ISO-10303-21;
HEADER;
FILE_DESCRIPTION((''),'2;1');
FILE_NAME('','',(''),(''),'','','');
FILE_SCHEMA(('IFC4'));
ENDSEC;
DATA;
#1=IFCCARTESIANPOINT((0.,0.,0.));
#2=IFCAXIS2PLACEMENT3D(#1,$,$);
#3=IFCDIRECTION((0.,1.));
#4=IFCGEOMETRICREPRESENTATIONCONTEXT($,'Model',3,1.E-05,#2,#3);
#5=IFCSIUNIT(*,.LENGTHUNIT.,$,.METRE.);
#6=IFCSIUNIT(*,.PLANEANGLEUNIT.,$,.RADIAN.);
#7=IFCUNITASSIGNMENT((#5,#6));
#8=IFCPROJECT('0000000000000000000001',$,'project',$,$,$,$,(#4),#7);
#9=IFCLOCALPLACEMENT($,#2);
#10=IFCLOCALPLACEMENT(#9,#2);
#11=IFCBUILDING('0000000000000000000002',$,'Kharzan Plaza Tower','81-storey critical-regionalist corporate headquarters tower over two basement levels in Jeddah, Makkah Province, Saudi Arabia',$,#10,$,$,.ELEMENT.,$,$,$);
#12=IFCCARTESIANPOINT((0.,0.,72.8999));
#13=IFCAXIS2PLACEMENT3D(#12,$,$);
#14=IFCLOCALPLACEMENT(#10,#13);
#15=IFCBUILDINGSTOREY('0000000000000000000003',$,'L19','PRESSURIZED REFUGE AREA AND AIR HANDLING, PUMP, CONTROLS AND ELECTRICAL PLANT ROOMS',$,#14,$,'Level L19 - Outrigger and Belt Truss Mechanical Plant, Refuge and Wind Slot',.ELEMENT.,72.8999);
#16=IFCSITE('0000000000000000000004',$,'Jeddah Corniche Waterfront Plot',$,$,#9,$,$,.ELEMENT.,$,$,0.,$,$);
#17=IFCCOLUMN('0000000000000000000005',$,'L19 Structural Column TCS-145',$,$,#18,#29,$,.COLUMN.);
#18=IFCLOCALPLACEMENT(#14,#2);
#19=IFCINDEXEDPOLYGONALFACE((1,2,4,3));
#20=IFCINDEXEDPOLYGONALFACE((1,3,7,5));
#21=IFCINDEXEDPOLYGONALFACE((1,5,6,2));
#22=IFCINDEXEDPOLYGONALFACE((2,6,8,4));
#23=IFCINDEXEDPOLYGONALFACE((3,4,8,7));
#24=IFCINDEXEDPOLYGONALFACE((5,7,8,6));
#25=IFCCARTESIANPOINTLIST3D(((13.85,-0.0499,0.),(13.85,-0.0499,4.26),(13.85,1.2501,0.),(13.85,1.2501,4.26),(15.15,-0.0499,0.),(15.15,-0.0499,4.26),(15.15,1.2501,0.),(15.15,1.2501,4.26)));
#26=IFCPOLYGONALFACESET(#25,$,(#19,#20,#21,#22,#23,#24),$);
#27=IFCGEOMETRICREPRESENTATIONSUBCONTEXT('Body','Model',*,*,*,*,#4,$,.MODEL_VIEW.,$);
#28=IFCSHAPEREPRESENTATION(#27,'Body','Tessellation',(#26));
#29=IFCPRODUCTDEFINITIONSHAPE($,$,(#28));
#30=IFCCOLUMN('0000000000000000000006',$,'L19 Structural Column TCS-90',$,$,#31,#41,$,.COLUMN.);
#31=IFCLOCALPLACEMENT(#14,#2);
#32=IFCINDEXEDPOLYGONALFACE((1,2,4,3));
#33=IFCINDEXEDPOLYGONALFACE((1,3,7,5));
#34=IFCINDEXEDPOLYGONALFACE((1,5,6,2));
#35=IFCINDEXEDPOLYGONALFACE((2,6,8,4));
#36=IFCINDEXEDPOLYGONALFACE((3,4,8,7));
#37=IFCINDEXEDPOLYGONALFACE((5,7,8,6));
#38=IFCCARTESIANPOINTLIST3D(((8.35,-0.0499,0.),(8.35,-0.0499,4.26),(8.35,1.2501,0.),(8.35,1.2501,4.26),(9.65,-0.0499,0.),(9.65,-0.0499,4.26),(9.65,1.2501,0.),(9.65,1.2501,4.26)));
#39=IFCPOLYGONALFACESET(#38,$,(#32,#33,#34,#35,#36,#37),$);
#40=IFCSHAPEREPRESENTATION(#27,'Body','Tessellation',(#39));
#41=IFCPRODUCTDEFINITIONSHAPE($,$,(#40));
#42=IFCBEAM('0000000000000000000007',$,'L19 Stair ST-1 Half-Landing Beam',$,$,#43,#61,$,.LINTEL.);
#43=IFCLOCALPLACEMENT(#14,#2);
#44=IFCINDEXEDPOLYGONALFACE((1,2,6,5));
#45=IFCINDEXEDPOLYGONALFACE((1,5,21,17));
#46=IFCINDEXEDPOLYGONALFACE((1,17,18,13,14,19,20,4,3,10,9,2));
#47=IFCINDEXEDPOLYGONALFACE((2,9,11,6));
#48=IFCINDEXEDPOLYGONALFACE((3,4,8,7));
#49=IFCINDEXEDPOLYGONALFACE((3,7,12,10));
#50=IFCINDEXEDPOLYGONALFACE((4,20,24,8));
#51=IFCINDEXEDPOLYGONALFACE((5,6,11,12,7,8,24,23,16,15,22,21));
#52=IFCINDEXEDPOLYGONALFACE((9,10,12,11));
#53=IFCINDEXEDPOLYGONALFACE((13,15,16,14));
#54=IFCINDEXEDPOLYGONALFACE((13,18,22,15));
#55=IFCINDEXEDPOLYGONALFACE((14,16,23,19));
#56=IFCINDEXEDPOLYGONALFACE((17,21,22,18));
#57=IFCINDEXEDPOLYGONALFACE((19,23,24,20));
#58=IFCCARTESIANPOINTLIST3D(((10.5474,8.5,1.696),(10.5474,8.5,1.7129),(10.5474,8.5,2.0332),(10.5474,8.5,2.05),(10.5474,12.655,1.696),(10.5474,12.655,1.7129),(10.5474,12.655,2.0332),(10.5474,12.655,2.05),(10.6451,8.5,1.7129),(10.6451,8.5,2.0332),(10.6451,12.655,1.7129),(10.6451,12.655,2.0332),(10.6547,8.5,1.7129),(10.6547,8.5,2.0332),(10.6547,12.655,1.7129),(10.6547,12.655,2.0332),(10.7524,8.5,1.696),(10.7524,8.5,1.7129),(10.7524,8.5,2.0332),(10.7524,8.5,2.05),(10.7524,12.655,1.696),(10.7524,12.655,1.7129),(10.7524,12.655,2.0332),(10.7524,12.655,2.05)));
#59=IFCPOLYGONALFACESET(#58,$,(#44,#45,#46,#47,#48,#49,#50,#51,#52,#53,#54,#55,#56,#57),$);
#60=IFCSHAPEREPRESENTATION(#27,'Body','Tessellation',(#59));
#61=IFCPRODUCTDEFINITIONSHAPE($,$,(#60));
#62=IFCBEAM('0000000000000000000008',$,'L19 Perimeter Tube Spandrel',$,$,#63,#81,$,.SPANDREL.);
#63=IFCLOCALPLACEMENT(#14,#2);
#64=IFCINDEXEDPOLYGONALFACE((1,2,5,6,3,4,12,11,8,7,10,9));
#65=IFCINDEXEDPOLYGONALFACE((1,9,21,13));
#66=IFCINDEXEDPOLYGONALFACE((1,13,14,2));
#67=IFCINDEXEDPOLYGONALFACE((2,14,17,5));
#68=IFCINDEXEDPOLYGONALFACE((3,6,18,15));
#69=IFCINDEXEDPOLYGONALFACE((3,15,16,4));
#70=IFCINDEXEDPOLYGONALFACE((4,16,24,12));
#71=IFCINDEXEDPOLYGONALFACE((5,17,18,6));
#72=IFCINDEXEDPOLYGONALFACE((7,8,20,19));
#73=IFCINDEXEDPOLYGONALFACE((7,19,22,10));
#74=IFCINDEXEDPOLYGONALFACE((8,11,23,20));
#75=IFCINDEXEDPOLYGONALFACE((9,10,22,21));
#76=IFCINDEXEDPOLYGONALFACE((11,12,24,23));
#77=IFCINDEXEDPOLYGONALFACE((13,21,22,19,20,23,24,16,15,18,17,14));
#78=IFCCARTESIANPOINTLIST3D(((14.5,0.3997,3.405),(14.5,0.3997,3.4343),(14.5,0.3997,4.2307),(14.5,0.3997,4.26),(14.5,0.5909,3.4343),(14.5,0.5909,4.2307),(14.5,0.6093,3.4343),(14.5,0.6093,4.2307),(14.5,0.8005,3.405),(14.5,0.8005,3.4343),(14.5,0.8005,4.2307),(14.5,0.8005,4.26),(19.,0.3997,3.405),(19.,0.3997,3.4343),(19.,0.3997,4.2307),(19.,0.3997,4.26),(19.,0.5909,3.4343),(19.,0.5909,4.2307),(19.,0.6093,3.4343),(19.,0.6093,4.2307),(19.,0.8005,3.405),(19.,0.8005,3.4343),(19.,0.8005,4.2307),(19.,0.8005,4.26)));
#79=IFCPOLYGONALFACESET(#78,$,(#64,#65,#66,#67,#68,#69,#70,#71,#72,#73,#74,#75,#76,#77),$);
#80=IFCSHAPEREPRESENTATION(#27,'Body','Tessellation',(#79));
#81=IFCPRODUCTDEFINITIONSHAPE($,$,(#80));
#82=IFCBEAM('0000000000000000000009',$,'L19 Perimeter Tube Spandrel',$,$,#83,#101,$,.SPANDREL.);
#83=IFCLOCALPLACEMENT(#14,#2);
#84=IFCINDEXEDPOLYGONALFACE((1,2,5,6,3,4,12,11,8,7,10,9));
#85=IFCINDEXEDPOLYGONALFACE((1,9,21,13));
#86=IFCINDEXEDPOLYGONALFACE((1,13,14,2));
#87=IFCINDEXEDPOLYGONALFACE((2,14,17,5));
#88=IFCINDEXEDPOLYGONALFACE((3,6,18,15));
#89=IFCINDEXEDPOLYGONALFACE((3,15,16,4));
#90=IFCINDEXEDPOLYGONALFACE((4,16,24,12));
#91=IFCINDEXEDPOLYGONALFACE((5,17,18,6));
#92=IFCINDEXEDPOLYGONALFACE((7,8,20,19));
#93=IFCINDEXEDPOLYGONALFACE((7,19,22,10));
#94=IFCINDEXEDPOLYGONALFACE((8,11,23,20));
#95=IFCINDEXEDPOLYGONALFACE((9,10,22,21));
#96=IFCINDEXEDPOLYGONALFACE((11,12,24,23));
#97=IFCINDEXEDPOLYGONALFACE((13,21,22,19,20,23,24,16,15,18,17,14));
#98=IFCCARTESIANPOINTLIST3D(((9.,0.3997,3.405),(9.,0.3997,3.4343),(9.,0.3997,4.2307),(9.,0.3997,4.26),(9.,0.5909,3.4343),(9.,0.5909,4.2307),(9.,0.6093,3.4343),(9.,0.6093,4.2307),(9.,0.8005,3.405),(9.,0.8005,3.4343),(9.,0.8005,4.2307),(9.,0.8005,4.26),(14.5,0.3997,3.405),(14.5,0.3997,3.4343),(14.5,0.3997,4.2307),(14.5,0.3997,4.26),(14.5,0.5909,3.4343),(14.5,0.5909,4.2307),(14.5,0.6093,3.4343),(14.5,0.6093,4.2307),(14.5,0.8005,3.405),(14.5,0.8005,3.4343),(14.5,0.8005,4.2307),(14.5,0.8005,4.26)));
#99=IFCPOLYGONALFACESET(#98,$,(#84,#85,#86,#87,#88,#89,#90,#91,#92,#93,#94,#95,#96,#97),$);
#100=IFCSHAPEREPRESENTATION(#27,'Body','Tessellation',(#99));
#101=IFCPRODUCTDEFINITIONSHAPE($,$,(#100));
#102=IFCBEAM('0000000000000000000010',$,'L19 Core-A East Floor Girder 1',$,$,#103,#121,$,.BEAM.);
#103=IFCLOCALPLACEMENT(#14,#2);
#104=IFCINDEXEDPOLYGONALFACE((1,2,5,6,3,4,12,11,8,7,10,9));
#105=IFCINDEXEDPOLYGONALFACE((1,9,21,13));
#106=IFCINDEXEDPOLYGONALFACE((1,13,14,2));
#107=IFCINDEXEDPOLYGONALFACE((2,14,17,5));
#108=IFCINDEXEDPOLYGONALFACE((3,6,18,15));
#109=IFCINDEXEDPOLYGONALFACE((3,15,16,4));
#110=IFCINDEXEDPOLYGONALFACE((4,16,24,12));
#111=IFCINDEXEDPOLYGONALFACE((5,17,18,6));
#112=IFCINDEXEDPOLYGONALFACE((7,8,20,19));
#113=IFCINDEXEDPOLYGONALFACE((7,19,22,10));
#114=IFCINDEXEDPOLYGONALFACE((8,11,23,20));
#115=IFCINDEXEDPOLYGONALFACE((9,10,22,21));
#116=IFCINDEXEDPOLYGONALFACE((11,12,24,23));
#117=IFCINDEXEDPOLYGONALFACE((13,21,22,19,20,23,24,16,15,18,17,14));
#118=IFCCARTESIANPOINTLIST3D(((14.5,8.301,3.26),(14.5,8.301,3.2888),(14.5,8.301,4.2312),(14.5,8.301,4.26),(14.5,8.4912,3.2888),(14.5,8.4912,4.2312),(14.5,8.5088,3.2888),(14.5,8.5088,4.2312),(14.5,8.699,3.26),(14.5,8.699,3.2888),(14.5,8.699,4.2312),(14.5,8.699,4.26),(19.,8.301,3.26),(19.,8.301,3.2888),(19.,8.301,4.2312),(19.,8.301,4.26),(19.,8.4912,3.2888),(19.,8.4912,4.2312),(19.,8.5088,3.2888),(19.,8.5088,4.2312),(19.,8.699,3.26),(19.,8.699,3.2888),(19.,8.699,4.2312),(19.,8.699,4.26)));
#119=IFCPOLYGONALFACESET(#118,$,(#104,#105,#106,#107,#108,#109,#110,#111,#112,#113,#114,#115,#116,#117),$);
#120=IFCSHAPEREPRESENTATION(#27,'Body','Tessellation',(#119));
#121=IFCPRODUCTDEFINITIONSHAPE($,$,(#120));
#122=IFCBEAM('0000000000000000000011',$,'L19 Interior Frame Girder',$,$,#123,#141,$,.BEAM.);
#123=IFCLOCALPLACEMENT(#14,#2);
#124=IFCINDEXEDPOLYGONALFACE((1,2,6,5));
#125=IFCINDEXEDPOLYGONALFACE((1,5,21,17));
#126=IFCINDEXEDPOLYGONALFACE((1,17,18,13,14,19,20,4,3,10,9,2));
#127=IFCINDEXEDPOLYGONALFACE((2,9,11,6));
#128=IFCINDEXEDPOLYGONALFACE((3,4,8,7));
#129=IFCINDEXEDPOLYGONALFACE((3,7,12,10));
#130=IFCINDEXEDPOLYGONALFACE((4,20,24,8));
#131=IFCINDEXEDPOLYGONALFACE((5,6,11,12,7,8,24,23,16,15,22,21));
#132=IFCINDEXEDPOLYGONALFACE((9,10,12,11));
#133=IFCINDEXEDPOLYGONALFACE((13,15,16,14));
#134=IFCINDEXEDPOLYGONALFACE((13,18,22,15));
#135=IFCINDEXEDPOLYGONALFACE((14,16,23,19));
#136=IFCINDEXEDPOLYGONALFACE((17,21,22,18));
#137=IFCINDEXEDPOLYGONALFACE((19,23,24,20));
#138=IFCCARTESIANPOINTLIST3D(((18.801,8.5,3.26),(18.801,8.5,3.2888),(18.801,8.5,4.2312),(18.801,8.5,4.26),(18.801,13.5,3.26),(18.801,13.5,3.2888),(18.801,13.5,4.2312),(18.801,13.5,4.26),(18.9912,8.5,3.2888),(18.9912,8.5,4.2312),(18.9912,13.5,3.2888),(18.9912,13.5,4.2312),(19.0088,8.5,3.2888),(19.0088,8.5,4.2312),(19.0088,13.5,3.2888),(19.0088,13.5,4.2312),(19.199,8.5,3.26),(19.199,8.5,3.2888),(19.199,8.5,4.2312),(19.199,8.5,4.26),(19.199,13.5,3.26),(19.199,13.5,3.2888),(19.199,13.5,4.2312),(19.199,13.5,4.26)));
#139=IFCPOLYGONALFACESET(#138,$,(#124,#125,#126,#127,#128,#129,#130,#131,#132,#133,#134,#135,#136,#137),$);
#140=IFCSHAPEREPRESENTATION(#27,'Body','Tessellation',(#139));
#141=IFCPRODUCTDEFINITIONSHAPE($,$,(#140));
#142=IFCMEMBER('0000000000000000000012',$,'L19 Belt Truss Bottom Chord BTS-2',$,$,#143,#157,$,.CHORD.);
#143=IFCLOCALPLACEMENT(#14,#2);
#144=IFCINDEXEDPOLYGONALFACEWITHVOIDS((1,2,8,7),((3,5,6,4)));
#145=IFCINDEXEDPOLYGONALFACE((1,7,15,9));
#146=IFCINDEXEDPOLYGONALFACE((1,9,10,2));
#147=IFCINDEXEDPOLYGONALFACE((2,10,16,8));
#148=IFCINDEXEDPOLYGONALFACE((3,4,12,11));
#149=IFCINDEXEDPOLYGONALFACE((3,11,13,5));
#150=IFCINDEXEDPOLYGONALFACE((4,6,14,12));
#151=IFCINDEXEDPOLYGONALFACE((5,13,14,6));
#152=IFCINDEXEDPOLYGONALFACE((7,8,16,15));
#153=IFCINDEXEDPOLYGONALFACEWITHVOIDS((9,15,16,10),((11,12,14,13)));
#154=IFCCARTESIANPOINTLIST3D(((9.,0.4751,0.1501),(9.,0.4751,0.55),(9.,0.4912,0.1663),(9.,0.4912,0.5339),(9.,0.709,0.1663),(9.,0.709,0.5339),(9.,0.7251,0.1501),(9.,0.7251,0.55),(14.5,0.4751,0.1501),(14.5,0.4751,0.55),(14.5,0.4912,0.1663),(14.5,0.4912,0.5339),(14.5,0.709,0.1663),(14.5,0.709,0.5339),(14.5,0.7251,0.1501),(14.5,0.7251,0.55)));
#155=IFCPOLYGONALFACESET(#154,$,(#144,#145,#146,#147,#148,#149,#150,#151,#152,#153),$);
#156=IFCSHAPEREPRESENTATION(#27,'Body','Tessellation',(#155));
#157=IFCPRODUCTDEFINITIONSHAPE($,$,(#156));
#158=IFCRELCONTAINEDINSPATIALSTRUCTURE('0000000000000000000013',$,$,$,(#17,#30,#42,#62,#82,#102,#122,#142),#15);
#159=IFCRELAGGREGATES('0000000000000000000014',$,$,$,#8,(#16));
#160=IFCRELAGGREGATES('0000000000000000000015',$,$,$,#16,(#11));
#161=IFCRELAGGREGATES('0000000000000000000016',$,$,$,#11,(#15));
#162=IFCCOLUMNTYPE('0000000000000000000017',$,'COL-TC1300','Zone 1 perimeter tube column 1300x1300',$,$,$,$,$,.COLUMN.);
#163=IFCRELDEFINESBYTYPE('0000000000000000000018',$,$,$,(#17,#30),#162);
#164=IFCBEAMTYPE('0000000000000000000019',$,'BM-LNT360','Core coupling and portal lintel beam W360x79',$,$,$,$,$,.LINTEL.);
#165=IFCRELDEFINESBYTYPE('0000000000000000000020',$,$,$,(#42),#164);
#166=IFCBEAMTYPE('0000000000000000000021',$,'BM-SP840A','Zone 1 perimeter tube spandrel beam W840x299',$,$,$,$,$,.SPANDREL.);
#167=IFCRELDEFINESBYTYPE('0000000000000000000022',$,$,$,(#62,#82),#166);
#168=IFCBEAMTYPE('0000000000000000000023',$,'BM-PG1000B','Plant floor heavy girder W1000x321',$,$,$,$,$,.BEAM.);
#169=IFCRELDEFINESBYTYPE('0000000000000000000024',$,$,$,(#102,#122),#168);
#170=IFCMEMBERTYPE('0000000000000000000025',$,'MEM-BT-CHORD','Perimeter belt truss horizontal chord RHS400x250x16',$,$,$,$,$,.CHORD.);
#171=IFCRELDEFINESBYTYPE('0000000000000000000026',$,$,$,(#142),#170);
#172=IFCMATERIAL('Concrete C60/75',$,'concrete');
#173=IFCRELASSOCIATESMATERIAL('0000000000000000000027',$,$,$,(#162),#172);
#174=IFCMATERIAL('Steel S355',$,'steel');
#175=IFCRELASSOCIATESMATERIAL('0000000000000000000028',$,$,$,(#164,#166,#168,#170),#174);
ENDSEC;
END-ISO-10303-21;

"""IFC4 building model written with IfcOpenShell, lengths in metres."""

from ifc_helpers import new_model, si_unit, direction, frame, origin, origin_2d, place, context, subcontext, project, spatial, rectangle, hollow_rectangle, i_section, extrude, source, transform, mapped, material, material_profile, profile_set, type_object, element, save


model = new_model("IFC4")

# Units and contexts
model_context = context("Model", 3, precision=1e-05, world=origin(), true_north=direction((0.0, 1.0)))
body_context = subcontext(model_context, "Body", "Model", "MODEL_VIEW")
ifc_project = project(units=[si_unit("LENGTHUNIT", "METRE"), si_unit("PLANEANGLEUNIT", "RADIAN")], contexts=[model_context])

# Site, building, storey
site_placement = place(None, origin())
site = spatial("IfcSite", under=ifc_project, at=site_placement, Name="Jeddah Corniche Waterfront Plot", CompositionType="ELEMENT", RefElevation=0.0)
building_placement = place(site_placement, origin())
building = spatial("IfcBuilding", under=site, at=building_placement, Name="Kharzan Plaza Tower", Description="81-storey critical-regionalist corporate headquarters tower over two basement levels in Jeddah, Makkah Province, Saudi Arabia", CompositionType="ELEMENT")
storey_placement = place(building_placement, frame((0.0, 0.0, 72.8999)))
storey = spatial("IfcBuildingStorey", under=building, at=storey_placement, Name="L19", Description="PRESSURIZED REFUGE AREA AND AIR HANDLING, PUMP, CONTROLS AND ELECTRICAL PLANT ROOMS", LongName="Level L19 - Outrigger and Belt Truss Mechanical Plant, Refuge and Wind Slot", CompositionType="ELEMENT", Elevation=72.8999)

# Columns
ifc_material_1 = material(Name="Concrete C60/75", Category="concrete")
ifc_material_profile_1 = material_profile(ifc_material_1, rectangle(XDim=1.3, YDim=1.3, at=origin_2d()), Name="RC-TC1300x1300")
ifc_profile_set_1 = profile_set([ifc_material_profile_1], Name="Concrete C60/75")
column_type = type_object("IfcColumnType", Name="COL-TC1300", Description="Zone 1 perimeter tube column 1300x1300", PredefinedType="COLUMN", material=ifc_profile_set_1)
shared_shape_1 = source(origin(), body_context, "Body", "SweptSolid", [
    extrude(rectangle(XDim=1.3, YDim=1.3, at=origin_2d()), origin(), (0.0, 0.0, 1.0), 4.26),
])
for number, where, z_axis, x_axis, name in (
    (1, (14.5, 0.6001, 0.0), (0.0, 0.0, 1.0), (1.0, 0.0, 0.0), "L19 Structural Column TCS-145"),
    (2, (9.0, 0.6001, 0.0), (0.0, 0.0, 1.0), (1.0, 0.0, 0.0), "L19 Structural Column TCS-90"),
):
    element("IfcColumn", number, at=place(storey_placement, frame(where, z_axis=z_axis, x_axis=x_axis)), inside=storey, type_object=column_type, Name=name, PredefinedType="COLUMN", context=body_context, shape_type="MappedRepresentation", body=[
        mapped(shared_shape_1, transform((0.0, 0.0, 0.0), x_axis=(1.0, 0.0, 0.0), y_axis=(0.0, 1.0, 0.0), z_axis=(0.0, 0.0, 1.0))),
    ])

# Beams
ifc_material_2 = material(Name="Steel S355", Category="steel")
ifc_material_profile_2 = material_profile(ifc_material_2, i_section(OverallWidth=0.2051, OverallDepth=0.354, WebThickness=0.0095, FlangeThickness=0.0168, at=origin_2d()), Name="W360x79")
ifc_profile_set_2 = profile_set([ifc_material_profile_2], Name="Steel S355")
beam_type_1 = type_object("IfcBeamType", Name="BM-LNT360", Description="Core coupling and portal lintel beam W360x79", PredefinedType="LINTEL", material=ifc_profile_set_2)
shared_shape_2 = source(origin(), body_context, "Body", "SweptSolid", [
    extrude(i_section(OverallWidth=0.2051, OverallDepth=0.354, WebThickness=0.0095, FlangeThickness=0.0168, at=origin_2d()), origin(), (0.0, 0.0, 1.0), 4.155),
])
beam_1_placement = place(storey_placement, frame((10.6499, 8.5, 1.873), z_axis=(0.0, 1.0, 0.0), x_axis=(-1.0, 0.0, 0.0)))
element("IfcBeam", 3, at=beam_1_placement, inside=storey, type_object=beam_type_1, Name="L19 Stair ST-1 Half-Landing Beam", PredefinedType="LINTEL", context=body_context, shape_type="MappedRepresentation", body=[
    mapped(shared_shape_2, transform((0.0, 0.0, 0.0), x_axis=(1.0, 0.0, 0.0), y_axis=(0.0, 1.0, 0.0), z_axis=(0.0, 0.0, 1.0))),
])
ifc_material_profile_3 = material_profile(ifc_material_2, i_section(OverallWidth=0.4009, OverallDepth=0.855, WebThickness=0.0183, FlangeThickness=0.0293, at=origin_2d()), Name="W840x299")
ifc_profile_set_3 = profile_set([ifc_material_profile_3], Name="Steel S355")
beam_type_2 = type_object("IfcBeamType", Name="BM-SP840A", Description="Zone 1 perimeter tube spandrel beam W840x299", PredefinedType="SPANDREL", material=ifc_profile_set_3)
shared_shape_3 = source(origin(), body_context, "Body", "SweptSolid", [
    extrude(i_section(OverallWidth=0.4009, OverallDepth=0.855, WebThickness=0.0183, FlangeThickness=0.0293, at=origin_2d()), origin(), (0.0, 0.0, 1.0), 4.5),
])
beam_2_placement = place(storey_placement, frame((14.5, 0.6001, 3.8325), z_axis=(1.0, 0.0, 0.0), x_axis=(0.0, 1.0, 0.0)))
element("IfcBeam", 4, at=beam_2_placement, inside=storey, type_object=beam_type_2, Name="L19 Perimeter Tube Spandrel", PredefinedType="SPANDREL", context=body_context, shape_type="MappedRepresentation", body=[
    mapped(shared_shape_3, transform((0.0, 0.0, 0.0), x_axis=(1.0, 0.0, 0.0), y_axis=(0.0, 1.0, 0.0), z_axis=(0.0, 0.0, 1.0))),
])
shared_shape_4 = source(origin(), body_context, "Body", "SweptSolid", [
    extrude(i_section(OverallWidth=0.4009, OverallDepth=0.855, WebThickness=0.0183, FlangeThickness=0.0293, at=origin_2d()), origin(), (0.0, 0.0, 1.0), 5.5),
])
beam_3_placement = place(storey_placement, frame((9.0, 0.6001, 3.8325), z_axis=(1.0, 0.0, 0.0), x_axis=(0.0, 1.0, 0.0)))
element("IfcBeam", 5, at=beam_3_placement, inside=storey, type_object=beam_type_2, Name="L19 Perimeter Tube Spandrel", PredefinedType="SPANDREL", context=body_context, shape_type="MappedRepresentation", body=[
    mapped(shared_shape_4, transform((0.0, 0.0, 0.0), x_axis=(1.0, 0.0, 0.0), y_axis=(0.0, 1.0, 0.0), z_axis=(0.0, 0.0, 1.0))),
])
ifc_material_profile_4 = material_profile(ifc_material_2, i_section(OverallWidth=0.3979, OverallDepth=1.0, WebThickness=0.0176, FlangeThickness=0.0288, at=origin_2d()), Name="W1000x321")
ifc_profile_set_4 = profile_set([ifc_material_profile_4], Name="Steel S355")
beam_type_3 = type_object("IfcBeamType", Name="BM-PG1000B", Description="Plant floor heavy girder W1000x321", PredefinedType="BEAM", material=ifc_profile_set_4)
shared_shape_5 = source(origin(), body_context, "Body", "SweptSolid", [
    extrude(i_section(OverallWidth=0.3979, OverallDepth=1.0, WebThickness=0.0176, FlangeThickness=0.0288, at=origin_2d()), origin(), (0.0, 0.0, 1.0), 4.5),
])
beam_4_placement = place(storey_placement, frame((14.5, 8.5, 3.76), z_axis=(1.0, 0.0, 0.0), x_axis=(0.0, 1.0, 0.0)))
element("IfcBeam", 6, at=beam_4_placement, inside=storey, type_object=beam_type_3, Name="L19 Core-A East Floor Girder 1", PredefinedType="BEAM", context=body_context, shape_type="MappedRepresentation", body=[
    mapped(shared_shape_5, transform((0.0, 0.0, 0.0), x_axis=(1.0, 0.0, 0.0), y_axis=(0.0, 1.0, 0.0), z_axis=(0.0, 0.0, 1.0))),
])
shared_shape_6 = source(origin(), body_context, "Body", "SweptSolid", [
    extrude(i_section(OverallWidth=0.3979, OverallDepth=1.0, WebThickness=0.0176, FlangeThickness=0.0288, at=origin_2d()), origin(), (0.0, 0.0, 1.0), 5.0),
])
beam_5_placement = place(storey_placement, frame((19.0, 8.5, 3.76), z_axis=(0.0, 1.0, 0.0), x_axis=(-1.0, 0.0, 0.0)))
element("IfcBeam", 7, at=beam_5_placement, inside=storey, type_object=beam_type_3, Name="L19 Interior Frame Girder", PredefinedType="BEAM", context=body_context, shape_type="MappedRepresentation", body=[
    mapped(shared_shape_6, transform((0.0, 0.0, 0.0), x_axis=(1.0, 0.0, 0.0), y_axis=(0.0, 1.0, 0.0), z_axis=(0.0, 0.0, 1.0))),
])

# Member
ifc_material_profile_5 = material_profile(ifc_material_2, hollow_rectangle(XDim=0.25, YDim=0.3999, WallThickness=0.0161, at=origin_2d()), Name="RHS400x250x16")
ifc_profile_set_5 = profile_set([ifc_material_profile_5], Name="Steel S355")
member_type_1 = type_object("IfcMemberType", Name="MEM-BT-CHORD", Description="Perimeter belt truss horizontal chord RHS400x250x16", PredefinedType="CHORD", material=ifc_profile_set_5)
shared_shape_7 = source(origin(), body_context, "Body", "SweptSolid", [
    extrude(hollow_rectangle(XDim=0.25, YDim=0.3999, WallThickness=0.0161, at=origin_2d()), origin(), (0.0, 0.0, 1.0), 5.5),
])
member_1_placement = place(storey_placement, frame((9.0, 0.6001, 0.3501), z_axis=(1.0, 0.0, 0.0), x_axis=(0.0, 1.0, 0.0)))
element("IfcMember", 8, at=member_1_placement, inside=storey, type_object=member_type_1, Name="L19 Belt Truss Bottom Chord BTS-2", PredefinedType="CHORD", context=body_context, shape_type="MappedRepresentation", body=[
    mapped(shared_shape_7, transform((0.0, 0.0, 0.0), x_axis=(1.0, 0.0, 0.0), y_axis=(0.0, 1.0, 0.0), z_axis=(0.0, 0.0, 1.0))),
])

save(model, "model.ifc")
